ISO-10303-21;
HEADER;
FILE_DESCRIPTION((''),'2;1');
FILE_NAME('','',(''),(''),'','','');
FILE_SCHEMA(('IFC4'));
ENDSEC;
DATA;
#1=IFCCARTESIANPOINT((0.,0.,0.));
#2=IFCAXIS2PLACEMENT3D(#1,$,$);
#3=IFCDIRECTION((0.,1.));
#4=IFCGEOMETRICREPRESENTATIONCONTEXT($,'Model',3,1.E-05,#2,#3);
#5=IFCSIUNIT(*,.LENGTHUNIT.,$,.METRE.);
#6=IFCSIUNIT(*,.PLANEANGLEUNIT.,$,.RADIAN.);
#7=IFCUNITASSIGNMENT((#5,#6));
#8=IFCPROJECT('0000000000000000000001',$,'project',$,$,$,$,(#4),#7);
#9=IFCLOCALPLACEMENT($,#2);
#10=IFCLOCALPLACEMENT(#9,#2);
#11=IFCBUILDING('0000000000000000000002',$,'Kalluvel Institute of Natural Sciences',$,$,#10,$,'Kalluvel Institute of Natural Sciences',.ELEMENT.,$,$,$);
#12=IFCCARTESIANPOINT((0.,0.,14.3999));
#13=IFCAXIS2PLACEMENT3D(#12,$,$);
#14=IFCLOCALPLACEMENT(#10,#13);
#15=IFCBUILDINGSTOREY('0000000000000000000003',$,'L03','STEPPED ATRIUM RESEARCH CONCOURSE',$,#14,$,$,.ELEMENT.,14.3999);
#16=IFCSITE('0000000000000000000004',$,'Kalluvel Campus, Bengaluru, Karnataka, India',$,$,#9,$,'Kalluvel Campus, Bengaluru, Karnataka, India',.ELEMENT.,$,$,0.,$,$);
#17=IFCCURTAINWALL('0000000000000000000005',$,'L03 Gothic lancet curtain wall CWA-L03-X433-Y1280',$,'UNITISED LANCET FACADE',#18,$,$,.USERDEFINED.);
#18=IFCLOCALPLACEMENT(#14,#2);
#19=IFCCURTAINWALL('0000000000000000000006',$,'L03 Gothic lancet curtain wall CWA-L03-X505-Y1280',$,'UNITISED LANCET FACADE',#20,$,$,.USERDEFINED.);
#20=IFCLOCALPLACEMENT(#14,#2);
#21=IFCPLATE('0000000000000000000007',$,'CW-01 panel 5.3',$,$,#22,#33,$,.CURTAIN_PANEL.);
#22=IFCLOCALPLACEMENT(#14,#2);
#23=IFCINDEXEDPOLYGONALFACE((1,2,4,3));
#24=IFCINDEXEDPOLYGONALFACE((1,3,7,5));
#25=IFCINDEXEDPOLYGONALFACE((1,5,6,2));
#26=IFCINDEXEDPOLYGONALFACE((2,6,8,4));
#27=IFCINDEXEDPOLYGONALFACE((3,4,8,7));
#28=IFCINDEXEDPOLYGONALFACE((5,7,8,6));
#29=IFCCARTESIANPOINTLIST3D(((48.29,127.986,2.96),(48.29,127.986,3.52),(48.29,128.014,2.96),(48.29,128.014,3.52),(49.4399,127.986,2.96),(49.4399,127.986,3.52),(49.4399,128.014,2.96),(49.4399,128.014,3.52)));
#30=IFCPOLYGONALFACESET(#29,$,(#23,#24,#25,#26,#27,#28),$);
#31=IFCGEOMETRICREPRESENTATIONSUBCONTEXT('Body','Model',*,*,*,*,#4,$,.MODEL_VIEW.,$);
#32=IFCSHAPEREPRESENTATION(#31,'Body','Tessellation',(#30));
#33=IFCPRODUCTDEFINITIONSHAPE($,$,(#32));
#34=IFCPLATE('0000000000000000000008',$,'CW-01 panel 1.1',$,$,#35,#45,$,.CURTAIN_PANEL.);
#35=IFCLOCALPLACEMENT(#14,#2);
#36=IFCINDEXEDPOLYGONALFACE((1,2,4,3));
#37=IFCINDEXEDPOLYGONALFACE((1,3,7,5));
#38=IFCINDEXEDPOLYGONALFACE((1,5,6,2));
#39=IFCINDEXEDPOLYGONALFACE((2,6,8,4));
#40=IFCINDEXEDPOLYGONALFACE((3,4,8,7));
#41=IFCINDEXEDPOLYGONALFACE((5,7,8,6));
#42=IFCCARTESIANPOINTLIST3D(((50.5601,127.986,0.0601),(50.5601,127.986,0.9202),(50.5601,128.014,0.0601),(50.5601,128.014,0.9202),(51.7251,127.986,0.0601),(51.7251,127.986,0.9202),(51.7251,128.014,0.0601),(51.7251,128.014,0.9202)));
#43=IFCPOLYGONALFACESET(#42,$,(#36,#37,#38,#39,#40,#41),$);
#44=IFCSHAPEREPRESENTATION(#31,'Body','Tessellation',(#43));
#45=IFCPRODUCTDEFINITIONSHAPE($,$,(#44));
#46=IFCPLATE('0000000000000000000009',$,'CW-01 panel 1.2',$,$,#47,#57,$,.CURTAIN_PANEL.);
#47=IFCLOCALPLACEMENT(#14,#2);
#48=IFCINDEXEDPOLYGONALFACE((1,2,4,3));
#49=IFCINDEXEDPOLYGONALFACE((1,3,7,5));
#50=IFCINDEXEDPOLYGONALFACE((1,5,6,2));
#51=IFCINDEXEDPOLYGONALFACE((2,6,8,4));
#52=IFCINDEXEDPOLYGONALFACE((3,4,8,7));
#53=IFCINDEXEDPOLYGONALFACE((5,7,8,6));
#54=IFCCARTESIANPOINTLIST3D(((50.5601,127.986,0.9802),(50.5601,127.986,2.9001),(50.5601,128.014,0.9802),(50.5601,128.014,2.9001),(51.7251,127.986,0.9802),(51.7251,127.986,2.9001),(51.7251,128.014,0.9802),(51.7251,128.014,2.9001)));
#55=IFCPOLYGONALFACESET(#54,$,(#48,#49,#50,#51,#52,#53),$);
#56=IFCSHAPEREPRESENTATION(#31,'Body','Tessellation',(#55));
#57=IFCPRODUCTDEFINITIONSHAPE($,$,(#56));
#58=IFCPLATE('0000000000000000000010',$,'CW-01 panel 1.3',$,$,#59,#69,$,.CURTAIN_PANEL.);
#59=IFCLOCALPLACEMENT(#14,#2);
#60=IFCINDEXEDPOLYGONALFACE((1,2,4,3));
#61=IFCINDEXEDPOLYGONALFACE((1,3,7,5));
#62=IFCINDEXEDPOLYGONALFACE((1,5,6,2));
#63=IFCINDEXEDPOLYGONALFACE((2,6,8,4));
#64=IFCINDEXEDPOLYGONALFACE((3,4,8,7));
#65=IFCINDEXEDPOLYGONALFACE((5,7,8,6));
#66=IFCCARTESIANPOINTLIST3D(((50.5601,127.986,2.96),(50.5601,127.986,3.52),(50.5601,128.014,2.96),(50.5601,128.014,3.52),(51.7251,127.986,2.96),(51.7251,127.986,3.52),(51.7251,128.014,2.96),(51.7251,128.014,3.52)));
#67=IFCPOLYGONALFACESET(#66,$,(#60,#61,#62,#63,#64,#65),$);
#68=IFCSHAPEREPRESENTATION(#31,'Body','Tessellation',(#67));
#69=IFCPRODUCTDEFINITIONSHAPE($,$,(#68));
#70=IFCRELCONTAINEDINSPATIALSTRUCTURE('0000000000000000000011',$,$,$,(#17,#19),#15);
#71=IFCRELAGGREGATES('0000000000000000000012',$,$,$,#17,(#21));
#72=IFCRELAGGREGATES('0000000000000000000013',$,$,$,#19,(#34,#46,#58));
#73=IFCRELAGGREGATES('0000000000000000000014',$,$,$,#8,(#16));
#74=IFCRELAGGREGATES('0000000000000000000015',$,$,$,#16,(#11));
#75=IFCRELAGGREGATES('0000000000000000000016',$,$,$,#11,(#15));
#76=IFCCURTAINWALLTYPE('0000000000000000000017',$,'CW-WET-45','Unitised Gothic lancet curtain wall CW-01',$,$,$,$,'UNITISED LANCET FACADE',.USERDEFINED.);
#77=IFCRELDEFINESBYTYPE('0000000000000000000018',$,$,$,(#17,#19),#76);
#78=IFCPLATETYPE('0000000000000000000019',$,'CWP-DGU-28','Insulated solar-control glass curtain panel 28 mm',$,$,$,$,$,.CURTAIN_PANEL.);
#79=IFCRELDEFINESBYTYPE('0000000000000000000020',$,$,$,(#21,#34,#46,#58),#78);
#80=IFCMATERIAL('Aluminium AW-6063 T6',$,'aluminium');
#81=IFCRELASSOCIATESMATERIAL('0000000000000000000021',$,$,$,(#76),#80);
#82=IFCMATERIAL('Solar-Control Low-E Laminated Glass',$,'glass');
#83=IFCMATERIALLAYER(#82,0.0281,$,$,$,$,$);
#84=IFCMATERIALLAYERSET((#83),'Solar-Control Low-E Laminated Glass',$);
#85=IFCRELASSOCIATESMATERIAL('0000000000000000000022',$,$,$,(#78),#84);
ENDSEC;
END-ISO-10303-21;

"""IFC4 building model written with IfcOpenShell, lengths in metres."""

from ifc_helpers import new_model, si_unit, direction, frame, origin, origin_2d, place, context, subcontext, project, spatial, rectangle, extrude, material, layer, layer_set, type_object, element, aggregate, save


model = new_model("IFC4")

# Units and contexts
model_context = context("Model", 3, precision=1e-05, world=origin(), true_north=direction((0.0, 1.0)))
body_context = subcontext(model_context, "Body", "Model", "MODEL_VIEW")
ifc_project = project(units=[si_unit("LENGTHUNIT", "METRE"), si_unit("PLANEANGLEUNIT", "RADIAN")], contexts=[model_context])

# Site, building, storey
site_placement = place(None, origin())
site = spatial("IfcSite", under=ifc_project, at=site_placement, Name="Kalluvel Campus, Bengaluru, Karnataka, India", LongName="Kalluvel Campus, Bengaluru, Karnataka, India", CompositionType="ELEMENT", RefElevation=0.0)
building_placement = place(site_placement, origin())
building = spatial("IfcBuilding", under=site, at=building_placement, Name="Kalluvel Institute of Natural Sciences", LongName="Kalluvel Institute of Natural Sciences", CompositionType="ELEMENT")
storey_placement = place(building_placement, frame((0.0, 0.0, 14.3999)))
storey = spatial("IfcBuildingStorey", under=building, at=storey_placement, Name="L03", Description="STEPPED ATRIUM RESEARCH CONCOURSE", CompositionType="ELEMENT", Elevation=14.3999)

# Curtain walls
ifc_material_1 = material(Name="Aluminium AW-6063 T6", Category="aluminium")
curtain_wall_type = type_object("IfcCurtainWallType", Name="CW-WET-45", Description="Unitised Gothic lancet curtain wall CW-01", ElementType="UNITISED LANCET FACADE", PredefinedType="USERDEFINED", material=ifc_material_1)
curtain_wall_1_placement = place(storey_placement, origin())
curtain_wall_1 = element("IfcCurtainWall", 1, at=curtain_wall_1_placement, inside=storey, type_object=curtain_wall_type, Name="L03 Gothic lancet curtain wall CWA-L03-X433-Y1280", ObjectType="UNITISED LANCET FACADE", PredefinedType="USERDEFINED")
curtain_wall_2_placement = place(storey_placement, origin())
curtain_wall_2 = element("IfcCurtainWall", 2, at=curtain_wall_2_placement, inside=storey, type_object=curtain_wall_type, Name="L03 Gothic lancet curtain wall CWA-L03-X505-Y1280", ObjectType="UNITISED LANCET FACADE", PredefinedType="USERDEFINED")

# Plates
ifc_material_2 = material(Name="Solar-Control Low-E Laminated Glass", Category="glass")
ifc_layer = layer(ifc_material_2, 0.0281)
ifc_layer_set = layer_set([ifc_layer], Name="Solar-Control Low-E Laminated Glass")
plate_type = type_object("IfcPlateType", Name="CWP-DGU-28", Description="Insulated solar-control glass curtain panel 28 mm", PredefinedType="CURTAIN_PANEL", material=ifc_layer_set)
plate_1_placement = place(storey_placement, frame((48.865, 128.0, 2.96), z_axis=(0.0, 0.0, 1.0), x_axis=(1.0, 0.0, 0.0)))
plate_1 = element("IfcPlate", 3, at=plate_1_placement, type_object=plate_type, Name="CW-01 panel 5.3", PredefinedType="CURTAIN_PANEL", context=body_context, shape_type="SweptSolid", body=[
    extrude(rectangle(XDim=1.1499, YDim=0.0281, at=origin_2d()), origin(), (0.0, 0.0, 1.0), 0.5601),
])
aggregate(curtain_wall_1, [plate_1])
plate_2_placement = place(storey_placement, frame((51.1426, 128.0, 0.0601), z_axis=(0.0, 0.0, 1.0), x_axis=(1.0, 0.0, 0.0)))
plate_2 = element("IfcPlate", 4, at=plate_2_placement, type_object=plate_type, Name="CW-01 panel 1.1", PredefinedType="CURTAIN_PANEL", context=body_context, shape_type="SweptSolid", body=[
    extrude(rectangle(XDim=1.165, YDim=0.0281, at=origin_2d()), origin(), (0.0, 0.0, 1.0), 0.8601),
])
plate_3_placement = place(storey_placement, frame((51.1426, 128.0, 0.9802), z_axis=(0.0, 0.0, 1.0), x_axis=(1.0, 0.0, 0.0)))
plate_3 = element("IfcPlate", 5, at=plate_3_placement, type_object=plate_type, Name="CW-01 panel 1.2", PredefinedType="CURTAIN_PANEL", context=body_context, shape_type="SweptSolid", body=[
    extrude(rectangle(XDim=1.165, YDim=0.0281, at=origin_2d()), origin(), (0.0, 0.0, 1.0), 1.9199),
])
plate_4_placement = place(storey_placement, frame((51.1426, 128.0, 2.96), z_axis=(0.0, 0.0, 1.0), x_axis=(1.0, 0.0, 0.0)))
plate_4 = element("IfcPlate", 6, at=plate_4_placement, type_object=plate_type, Name="CW-01 panel 1.3", PredefinedType="CURTAIN_PANEL", context=body_context, shape_type="SweptSolid", body=[
    extrude(rectangle(XDim=1.165, YDim=0.0281, at=origin_2d()), origin(), (0.0, 0.0, 1.0), 0.5601),
])
aggregate(curtain_wall_2, [plate_2, plate_3, plate_4])

save(model, "model.ifc")
